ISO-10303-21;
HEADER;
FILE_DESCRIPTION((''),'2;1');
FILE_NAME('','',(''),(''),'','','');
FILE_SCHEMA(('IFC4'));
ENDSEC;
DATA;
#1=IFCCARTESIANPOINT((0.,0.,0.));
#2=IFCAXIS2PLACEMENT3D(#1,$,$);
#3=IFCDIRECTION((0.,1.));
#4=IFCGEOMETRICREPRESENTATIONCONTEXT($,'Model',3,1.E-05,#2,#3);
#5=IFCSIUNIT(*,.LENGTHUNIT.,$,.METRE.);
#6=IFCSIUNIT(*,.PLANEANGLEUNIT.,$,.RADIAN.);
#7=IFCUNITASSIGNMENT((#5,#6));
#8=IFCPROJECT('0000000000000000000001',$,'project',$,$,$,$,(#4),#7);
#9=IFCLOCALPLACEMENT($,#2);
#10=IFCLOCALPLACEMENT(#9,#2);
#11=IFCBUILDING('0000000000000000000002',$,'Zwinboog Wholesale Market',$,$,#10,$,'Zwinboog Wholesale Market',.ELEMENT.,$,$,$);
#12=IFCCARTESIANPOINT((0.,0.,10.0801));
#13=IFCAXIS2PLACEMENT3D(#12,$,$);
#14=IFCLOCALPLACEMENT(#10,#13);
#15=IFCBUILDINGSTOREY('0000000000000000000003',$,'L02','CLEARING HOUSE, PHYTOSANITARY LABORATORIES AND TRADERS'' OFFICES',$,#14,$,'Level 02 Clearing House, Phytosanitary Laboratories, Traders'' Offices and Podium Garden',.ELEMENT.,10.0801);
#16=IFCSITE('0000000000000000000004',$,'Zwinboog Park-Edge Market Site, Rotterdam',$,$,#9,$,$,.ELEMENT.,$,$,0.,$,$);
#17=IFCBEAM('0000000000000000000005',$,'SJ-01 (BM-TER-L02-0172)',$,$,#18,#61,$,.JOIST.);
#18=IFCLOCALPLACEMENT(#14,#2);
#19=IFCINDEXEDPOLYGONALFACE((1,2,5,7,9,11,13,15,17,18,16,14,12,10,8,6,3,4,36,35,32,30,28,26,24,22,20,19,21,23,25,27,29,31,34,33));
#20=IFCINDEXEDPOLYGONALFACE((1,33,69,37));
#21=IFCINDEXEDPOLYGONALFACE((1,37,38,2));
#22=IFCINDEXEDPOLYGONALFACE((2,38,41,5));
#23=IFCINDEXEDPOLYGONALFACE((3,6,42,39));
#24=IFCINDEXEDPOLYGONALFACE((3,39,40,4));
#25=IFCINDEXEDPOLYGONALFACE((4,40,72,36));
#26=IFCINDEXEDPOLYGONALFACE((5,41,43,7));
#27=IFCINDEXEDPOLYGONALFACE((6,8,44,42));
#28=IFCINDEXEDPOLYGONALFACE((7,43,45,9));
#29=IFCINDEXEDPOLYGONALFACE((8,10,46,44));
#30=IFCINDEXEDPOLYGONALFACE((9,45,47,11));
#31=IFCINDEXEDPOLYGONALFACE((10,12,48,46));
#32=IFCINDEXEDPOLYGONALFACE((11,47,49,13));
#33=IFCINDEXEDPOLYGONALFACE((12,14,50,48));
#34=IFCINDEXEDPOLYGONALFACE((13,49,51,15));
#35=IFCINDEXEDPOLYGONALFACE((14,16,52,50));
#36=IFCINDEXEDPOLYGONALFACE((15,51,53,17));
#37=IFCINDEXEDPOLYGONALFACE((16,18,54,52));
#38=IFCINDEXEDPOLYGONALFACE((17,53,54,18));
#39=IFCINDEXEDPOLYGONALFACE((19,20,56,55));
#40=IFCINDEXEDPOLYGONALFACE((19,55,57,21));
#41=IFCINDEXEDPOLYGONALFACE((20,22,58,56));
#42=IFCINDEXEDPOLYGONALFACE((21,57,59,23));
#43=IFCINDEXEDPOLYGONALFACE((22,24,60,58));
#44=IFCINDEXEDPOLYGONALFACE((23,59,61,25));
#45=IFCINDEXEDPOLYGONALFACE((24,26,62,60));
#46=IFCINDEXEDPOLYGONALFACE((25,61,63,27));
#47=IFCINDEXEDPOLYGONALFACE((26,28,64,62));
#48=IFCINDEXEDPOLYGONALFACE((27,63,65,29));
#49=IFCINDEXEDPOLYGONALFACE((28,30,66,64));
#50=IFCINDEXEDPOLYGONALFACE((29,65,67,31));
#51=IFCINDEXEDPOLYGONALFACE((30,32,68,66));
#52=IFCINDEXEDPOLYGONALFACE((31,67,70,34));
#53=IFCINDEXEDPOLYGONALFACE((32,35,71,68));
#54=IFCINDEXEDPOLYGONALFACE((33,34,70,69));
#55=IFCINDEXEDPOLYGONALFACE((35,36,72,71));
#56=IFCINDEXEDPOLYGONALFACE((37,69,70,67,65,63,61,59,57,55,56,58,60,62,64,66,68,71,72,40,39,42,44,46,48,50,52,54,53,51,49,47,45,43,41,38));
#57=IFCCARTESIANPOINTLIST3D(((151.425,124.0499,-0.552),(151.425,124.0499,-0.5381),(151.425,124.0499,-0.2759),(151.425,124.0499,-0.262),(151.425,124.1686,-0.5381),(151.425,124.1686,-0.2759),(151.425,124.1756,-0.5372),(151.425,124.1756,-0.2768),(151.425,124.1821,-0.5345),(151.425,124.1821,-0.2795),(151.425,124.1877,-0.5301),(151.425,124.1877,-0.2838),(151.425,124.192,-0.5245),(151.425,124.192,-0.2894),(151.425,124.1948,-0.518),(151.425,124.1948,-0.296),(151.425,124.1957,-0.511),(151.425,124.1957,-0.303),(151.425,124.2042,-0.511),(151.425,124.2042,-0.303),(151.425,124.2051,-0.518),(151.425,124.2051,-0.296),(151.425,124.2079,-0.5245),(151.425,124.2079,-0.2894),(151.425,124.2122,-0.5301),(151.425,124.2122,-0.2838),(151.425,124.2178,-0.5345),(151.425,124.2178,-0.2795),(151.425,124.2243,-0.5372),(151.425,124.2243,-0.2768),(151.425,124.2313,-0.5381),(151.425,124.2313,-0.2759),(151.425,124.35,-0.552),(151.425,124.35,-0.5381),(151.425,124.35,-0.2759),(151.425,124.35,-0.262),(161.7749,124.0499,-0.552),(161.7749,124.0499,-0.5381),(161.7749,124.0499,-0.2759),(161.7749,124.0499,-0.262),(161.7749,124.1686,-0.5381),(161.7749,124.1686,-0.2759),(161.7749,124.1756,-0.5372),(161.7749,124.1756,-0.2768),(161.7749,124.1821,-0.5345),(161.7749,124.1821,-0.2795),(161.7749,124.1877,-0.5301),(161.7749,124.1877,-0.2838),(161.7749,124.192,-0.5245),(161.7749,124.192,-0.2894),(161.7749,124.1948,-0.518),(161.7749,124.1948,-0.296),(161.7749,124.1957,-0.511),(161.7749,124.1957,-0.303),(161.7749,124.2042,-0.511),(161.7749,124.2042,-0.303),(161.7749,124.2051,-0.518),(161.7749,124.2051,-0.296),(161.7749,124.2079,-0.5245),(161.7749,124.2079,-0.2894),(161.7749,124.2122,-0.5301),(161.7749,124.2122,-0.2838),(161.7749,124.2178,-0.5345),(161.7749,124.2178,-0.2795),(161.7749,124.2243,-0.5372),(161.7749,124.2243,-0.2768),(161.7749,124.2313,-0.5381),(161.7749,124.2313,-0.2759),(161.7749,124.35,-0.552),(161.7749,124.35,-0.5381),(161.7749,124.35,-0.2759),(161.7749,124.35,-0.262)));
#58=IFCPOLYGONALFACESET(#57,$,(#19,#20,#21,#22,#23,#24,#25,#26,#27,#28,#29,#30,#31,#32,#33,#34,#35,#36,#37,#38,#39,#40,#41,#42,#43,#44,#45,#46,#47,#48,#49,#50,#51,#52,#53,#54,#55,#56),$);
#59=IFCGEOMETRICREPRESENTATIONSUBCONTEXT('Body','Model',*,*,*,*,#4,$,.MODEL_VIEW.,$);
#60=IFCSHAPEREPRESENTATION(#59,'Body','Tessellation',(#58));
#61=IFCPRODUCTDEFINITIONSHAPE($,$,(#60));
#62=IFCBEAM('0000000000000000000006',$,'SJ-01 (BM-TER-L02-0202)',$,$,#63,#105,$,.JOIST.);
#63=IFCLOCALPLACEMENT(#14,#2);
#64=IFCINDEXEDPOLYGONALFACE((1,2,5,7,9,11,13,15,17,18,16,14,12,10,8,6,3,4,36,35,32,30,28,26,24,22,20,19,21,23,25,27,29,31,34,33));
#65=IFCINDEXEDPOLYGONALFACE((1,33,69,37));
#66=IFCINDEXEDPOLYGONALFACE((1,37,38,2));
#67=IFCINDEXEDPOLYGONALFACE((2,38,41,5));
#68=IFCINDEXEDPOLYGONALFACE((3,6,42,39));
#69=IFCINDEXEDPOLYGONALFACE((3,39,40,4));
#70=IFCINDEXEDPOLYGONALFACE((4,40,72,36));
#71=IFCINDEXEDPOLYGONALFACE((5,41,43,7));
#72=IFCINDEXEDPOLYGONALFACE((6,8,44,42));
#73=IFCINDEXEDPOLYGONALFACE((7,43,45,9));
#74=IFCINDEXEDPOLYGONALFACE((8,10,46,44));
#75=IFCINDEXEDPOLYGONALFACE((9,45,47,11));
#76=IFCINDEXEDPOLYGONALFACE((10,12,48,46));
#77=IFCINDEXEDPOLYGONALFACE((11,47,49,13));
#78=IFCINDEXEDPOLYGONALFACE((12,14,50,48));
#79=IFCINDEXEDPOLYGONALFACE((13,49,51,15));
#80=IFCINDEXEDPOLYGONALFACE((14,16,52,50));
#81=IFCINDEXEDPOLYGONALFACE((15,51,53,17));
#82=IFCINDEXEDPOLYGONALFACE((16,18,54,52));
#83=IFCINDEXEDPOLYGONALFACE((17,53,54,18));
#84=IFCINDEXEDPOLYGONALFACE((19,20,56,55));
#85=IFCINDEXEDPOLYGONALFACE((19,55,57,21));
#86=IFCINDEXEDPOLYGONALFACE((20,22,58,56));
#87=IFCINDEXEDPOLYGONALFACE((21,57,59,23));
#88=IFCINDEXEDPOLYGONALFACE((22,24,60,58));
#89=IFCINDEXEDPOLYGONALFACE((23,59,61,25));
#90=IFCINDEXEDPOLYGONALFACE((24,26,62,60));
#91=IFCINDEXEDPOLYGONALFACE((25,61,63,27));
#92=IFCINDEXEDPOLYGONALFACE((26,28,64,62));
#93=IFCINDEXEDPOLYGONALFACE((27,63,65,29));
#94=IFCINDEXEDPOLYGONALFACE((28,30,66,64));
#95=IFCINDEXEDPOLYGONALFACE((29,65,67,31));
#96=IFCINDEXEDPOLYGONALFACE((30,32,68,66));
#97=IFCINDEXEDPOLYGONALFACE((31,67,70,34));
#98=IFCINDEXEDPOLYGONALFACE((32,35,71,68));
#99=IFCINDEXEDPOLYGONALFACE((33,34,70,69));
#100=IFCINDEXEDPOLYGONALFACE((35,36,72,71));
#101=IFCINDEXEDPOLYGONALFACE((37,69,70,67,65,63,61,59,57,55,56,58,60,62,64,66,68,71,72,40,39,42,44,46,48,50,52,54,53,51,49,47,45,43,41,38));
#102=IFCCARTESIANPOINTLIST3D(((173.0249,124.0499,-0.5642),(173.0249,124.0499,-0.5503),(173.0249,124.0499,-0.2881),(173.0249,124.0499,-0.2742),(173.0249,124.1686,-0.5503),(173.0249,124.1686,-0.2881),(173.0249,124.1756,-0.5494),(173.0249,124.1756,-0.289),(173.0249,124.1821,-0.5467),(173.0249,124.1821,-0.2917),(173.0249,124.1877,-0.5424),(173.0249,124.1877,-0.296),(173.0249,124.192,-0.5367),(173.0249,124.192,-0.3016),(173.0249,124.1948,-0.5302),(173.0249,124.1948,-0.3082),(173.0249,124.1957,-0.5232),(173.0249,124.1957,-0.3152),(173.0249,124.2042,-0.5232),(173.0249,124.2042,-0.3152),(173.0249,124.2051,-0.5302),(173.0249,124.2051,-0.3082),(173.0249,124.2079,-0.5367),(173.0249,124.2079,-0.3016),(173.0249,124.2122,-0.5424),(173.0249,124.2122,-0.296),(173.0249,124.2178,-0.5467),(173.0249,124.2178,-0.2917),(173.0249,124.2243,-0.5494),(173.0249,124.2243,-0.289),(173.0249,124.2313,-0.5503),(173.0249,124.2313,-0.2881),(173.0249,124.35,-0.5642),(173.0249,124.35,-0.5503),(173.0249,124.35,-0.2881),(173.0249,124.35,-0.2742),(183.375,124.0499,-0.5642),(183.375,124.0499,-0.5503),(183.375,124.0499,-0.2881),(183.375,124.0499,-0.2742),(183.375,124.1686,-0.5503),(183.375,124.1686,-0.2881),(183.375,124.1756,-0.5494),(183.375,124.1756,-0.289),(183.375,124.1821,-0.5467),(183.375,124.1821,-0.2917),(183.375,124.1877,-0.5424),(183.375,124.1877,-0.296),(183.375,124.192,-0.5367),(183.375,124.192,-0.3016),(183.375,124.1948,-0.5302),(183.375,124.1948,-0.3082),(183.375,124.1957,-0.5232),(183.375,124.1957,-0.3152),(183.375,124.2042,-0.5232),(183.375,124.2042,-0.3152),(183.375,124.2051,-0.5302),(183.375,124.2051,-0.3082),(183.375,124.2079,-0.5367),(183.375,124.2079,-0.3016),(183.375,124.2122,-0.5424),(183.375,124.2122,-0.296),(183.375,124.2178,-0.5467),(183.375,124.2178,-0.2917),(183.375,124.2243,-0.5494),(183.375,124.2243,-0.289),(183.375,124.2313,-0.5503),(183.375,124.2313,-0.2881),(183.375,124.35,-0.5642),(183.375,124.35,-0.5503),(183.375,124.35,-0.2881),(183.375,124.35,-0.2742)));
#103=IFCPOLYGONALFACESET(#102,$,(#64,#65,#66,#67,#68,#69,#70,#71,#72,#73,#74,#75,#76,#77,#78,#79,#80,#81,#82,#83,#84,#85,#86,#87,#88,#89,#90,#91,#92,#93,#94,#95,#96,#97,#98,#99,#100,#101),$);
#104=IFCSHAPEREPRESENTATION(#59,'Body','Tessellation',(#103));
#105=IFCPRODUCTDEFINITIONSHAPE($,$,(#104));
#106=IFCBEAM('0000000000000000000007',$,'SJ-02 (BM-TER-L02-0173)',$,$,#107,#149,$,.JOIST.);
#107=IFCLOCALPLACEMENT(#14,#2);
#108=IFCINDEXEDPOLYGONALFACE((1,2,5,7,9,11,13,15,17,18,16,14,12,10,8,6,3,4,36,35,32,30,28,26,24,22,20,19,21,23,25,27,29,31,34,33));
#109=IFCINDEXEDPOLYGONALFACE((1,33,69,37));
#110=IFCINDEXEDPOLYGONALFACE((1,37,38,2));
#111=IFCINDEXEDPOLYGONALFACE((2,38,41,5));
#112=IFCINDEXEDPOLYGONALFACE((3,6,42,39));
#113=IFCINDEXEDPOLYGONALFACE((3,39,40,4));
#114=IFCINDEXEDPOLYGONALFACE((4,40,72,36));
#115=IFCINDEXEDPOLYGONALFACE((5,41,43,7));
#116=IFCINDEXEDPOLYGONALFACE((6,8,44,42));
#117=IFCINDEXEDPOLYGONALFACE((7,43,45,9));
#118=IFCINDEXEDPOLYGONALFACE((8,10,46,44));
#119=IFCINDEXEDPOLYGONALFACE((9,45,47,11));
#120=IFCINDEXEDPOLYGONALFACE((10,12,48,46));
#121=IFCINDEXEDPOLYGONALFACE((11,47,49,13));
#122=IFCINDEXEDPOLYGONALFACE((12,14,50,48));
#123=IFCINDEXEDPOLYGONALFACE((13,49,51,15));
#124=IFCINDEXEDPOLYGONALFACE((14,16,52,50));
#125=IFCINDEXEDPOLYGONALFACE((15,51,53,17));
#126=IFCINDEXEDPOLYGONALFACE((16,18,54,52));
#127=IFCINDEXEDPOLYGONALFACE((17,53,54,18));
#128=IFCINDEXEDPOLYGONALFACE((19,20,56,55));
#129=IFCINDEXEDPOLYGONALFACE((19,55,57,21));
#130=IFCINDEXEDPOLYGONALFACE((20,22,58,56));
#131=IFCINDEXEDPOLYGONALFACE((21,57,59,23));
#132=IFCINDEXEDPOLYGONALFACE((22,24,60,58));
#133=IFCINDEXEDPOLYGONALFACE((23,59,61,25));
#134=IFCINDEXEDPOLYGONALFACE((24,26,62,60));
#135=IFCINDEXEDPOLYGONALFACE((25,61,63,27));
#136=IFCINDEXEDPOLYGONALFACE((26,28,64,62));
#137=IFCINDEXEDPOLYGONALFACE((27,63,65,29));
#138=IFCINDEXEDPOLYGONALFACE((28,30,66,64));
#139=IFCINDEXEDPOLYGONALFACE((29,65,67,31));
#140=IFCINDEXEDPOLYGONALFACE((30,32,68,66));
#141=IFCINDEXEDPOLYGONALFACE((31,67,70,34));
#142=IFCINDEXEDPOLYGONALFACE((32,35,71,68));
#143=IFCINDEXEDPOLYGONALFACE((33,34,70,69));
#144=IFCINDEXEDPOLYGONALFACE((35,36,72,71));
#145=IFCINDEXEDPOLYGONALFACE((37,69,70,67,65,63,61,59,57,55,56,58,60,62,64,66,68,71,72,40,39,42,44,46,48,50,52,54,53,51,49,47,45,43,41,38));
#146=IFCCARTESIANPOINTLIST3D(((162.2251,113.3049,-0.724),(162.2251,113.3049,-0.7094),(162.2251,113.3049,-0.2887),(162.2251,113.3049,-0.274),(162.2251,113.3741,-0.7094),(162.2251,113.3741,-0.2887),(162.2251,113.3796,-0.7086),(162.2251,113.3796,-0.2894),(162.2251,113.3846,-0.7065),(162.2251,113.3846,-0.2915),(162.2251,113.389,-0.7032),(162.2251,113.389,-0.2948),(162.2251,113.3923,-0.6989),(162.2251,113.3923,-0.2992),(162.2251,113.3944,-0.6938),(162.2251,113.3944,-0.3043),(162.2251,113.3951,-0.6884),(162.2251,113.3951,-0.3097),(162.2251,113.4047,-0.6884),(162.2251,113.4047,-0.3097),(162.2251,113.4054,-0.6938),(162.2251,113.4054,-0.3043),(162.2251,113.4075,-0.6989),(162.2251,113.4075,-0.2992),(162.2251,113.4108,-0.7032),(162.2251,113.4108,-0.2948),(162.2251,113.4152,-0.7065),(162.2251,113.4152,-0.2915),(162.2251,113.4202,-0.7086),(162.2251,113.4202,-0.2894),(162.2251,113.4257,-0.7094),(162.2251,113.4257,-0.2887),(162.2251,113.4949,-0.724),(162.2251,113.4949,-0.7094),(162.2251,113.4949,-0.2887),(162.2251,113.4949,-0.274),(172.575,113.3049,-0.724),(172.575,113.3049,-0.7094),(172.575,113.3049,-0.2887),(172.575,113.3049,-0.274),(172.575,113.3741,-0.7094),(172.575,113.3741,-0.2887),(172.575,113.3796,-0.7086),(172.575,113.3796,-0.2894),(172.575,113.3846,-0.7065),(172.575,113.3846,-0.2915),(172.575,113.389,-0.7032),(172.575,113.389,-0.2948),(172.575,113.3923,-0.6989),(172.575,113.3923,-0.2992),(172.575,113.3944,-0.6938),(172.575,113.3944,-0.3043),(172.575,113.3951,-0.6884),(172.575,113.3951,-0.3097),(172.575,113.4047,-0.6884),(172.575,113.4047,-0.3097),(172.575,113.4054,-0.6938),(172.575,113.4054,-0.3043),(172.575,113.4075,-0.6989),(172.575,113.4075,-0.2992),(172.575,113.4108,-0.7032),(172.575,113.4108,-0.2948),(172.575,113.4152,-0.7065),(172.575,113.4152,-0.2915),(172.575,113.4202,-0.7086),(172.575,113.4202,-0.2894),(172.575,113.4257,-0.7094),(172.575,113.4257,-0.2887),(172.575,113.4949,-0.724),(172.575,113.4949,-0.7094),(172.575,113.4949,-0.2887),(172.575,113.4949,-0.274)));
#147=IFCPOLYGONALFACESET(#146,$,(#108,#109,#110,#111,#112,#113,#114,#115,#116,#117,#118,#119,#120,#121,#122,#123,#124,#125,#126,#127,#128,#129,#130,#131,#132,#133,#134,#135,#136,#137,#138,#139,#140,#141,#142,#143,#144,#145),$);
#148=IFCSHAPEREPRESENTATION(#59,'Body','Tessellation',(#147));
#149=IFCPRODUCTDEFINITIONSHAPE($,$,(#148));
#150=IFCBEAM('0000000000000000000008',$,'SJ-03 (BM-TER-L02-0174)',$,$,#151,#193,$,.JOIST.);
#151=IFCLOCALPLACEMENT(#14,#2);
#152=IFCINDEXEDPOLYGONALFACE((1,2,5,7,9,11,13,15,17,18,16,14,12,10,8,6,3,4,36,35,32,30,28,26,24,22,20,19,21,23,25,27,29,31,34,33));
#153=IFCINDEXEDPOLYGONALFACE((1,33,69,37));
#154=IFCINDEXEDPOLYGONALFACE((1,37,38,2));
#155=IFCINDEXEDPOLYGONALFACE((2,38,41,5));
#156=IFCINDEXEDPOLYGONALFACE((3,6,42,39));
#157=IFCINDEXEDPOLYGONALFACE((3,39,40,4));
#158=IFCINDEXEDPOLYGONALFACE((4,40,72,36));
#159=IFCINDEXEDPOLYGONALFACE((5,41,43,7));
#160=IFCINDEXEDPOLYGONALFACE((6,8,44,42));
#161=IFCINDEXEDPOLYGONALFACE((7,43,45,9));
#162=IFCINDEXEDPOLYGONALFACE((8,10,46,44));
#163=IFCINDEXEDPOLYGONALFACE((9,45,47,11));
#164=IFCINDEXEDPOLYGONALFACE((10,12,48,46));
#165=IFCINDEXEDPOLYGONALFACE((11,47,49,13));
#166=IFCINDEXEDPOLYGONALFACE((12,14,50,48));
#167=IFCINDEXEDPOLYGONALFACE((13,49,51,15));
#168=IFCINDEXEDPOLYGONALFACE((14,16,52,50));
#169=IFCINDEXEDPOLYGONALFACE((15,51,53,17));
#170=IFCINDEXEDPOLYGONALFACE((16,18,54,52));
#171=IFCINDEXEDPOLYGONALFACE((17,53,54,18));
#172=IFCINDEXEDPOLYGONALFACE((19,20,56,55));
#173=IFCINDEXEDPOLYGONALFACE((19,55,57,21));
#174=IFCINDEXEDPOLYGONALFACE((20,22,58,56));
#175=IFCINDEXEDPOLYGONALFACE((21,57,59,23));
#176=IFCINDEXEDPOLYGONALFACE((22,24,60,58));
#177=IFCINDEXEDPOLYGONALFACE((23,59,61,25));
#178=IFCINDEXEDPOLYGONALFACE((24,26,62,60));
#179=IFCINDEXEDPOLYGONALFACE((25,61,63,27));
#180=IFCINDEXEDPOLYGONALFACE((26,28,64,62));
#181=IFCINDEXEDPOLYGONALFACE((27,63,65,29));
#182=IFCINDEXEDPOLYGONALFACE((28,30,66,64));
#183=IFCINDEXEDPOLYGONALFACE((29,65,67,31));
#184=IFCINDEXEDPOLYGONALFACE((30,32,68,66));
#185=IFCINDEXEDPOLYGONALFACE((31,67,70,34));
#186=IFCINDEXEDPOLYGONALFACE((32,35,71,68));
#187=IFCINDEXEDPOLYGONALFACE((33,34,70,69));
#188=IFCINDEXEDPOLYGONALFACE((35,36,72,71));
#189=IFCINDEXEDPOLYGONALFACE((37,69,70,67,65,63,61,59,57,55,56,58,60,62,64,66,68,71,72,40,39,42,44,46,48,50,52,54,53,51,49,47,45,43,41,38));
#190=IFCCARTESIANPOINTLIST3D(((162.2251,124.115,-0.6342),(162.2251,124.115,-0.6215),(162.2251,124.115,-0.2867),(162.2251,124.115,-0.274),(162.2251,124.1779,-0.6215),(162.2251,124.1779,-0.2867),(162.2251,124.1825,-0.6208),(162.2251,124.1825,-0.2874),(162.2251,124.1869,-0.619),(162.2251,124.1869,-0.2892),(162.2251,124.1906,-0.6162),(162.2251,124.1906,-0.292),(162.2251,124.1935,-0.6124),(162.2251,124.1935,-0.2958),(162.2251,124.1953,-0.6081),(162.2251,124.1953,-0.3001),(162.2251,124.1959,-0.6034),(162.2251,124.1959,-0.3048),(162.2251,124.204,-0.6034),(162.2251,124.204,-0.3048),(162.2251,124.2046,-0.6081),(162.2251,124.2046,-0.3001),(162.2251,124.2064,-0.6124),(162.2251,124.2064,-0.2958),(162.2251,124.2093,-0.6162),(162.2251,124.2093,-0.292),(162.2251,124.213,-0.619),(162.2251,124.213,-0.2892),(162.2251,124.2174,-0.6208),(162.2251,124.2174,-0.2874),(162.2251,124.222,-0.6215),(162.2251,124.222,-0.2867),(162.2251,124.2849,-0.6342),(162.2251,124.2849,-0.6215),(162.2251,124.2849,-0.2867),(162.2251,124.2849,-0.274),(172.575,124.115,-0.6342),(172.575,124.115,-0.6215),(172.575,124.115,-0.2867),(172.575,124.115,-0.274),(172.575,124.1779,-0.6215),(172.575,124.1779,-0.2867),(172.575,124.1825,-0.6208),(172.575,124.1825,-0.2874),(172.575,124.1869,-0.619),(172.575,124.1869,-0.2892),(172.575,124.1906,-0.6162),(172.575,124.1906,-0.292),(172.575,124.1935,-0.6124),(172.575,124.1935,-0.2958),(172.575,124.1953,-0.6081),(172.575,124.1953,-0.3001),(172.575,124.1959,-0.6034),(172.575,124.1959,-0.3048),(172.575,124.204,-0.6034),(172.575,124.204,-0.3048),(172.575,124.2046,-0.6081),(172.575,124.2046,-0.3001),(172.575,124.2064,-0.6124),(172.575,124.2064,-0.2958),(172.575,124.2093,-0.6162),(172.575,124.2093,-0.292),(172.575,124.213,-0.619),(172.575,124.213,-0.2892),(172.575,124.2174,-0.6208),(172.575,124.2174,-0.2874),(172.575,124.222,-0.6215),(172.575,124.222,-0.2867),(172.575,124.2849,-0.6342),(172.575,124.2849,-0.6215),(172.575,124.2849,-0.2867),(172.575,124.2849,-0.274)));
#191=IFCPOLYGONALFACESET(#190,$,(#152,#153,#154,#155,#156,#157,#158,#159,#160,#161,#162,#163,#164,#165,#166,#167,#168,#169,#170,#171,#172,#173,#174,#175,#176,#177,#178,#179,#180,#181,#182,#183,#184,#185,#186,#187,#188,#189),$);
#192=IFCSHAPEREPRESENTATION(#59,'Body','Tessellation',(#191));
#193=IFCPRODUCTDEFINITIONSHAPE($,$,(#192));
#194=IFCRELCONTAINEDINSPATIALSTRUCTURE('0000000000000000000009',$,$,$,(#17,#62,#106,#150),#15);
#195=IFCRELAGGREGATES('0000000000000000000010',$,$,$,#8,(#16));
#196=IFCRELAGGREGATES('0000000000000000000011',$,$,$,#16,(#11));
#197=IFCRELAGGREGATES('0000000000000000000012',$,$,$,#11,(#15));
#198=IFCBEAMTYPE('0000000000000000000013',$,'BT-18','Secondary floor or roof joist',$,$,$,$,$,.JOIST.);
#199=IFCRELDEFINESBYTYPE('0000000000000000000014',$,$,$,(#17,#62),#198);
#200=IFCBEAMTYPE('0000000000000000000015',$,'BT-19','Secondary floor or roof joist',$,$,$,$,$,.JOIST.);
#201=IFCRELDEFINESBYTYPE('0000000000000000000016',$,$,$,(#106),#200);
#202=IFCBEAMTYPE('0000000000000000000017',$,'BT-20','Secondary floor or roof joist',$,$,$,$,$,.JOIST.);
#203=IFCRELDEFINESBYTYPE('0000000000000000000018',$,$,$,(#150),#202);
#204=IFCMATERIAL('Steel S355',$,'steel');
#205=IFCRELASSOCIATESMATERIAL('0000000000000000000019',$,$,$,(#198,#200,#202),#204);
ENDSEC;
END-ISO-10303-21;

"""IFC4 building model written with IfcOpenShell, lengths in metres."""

from ifc_helpers import new_model, si_unit, direction, frame, origin, origin_2d, place, context, subcontext, project, spatial, i_section, extrude, material, material_profile, profile_set, type_object, element, save


model = new_model("IFC4")

# Units and contexts
model_context = context("Model", 3, precision=1e-05, world=origin(), true_north=direction((0.0, 1.0)))
body_context = subcontext(model_context, "Body", "Model", "MODEL_VIEW")
ifc_project = project(units=[si_unit("LENGTHUNIT", "METRE"), si_unit("PLANEANGLEUNIT", "RADIAN")], contexts=[model_context])

# Site, building, storey
site_placement = place(None, origin())
site = spatial("IfcSite", under=ifc_project, at=site_placement, Name="Zwinboog Park-Edge Market Site, Rotterdam", CompositionType="ELEMENT", RefElevation=0.0)
building_placement = place(site_placement, origin())
building = spatial("IfcBuilding", under=site, at=building_placement, Name="Zwinboog Wholesale Market", LongName="Zwinboog Wholesale Market", CompositionType="ELEMENT")
storey_placement = place(building_placement, frame((0.0, 0.0, 10.0801)))
storey = spatial("IfcBuildingStorey", under=building, at=storey_placement, Name="L02", Description="CLEARING HOUSE, PHYTOSANITARY LABORATORIES AND TRADERS' OFFICES", LongName="Level 02 Clearing House, Phytosanitary Laboratories, Traders' Offices and Podium Garden", CompositionType="ELEMENT", Elevation=10.0801)

# Beams
ifc_material_1 = material(Name="Steel S355", Category="steel")
ifc_material_profile_1 = material_profile(ifc_material_1, i_section(OverallWidth=0.3, OverallDepth=0.29, WebThickness=0.0085, FlangeThickness=0.0139, FilletRadius=0.0271, at=origin_2d()), Name="HEA 300")
ifc_profile_set_1 = profile_set([ifc_material_profile_1], Name="Steel S355")
beam_type_1 = type_object("IfcBeamType", Name="BT-18", Description="Secondary floor or roof joist", PredefinedType="JOIST", material=ifc_profile_set_1)
beam_1_placement = place(storey_placement, frame((151.425, 124.2, -0.407), z_axis=(1.0, 0.0, 0.0), x_axis=(0.0, 1.0, 0.0)))
element("IfcBeam", 1, at=beam_1_placement, inside=storey, type_object=beam_type_1, Name="SJ-01 (BM-TER-L02-0172)", PredefinedType="JOIST", context=body_context, shape_type="SweptSolid", body=[
    extrude(i_section(OverallWidth=0.3, OverallDepth=0.29, WebThickness=0.0085, FlangeThickness=0.0139, FilletRadius=0.0271, at=origin_2d()), origin(), (0.0, 0.0, 1.0), 10.3499),
])
beam_2_placement = place(storey_placement, frame((173.0249, 124.2, -0.4192), z_axis=(1.0, 0.0, 0.0), x_axis=(0.0, 1.0, 0.0)))
element("IfcBeam", 2, at=beam_2_placement, inside=storey, type_object=beam_type_1, Name="SJ-01 (BM-TER-L02-0202)", PredefinedType="JOIST", context=body_context, shape_type="SweptSolid", body=[
    extrude(i_section(OverallWidth=0.3, OverallDepth=0.29, WebThickness=0.0085, FlangeThickness=0.0139, FilletRadius=0.0271, at=origin_2d()), origin(), (0.0, 0.0, 1.0), 10.3501),
])
ifc_material_profile_2 = material_profile(ifc_material_1, i_section(OverallWidth=0.1899, OverallDepth=0.45, WebThickness=0.0095, FlangeThickness=0.0146, FilletRadius=0.021, at=origin_2d()), Name="IPE 450")
ifc_profile_set_2 = profile_set([ifc_material_profile_2], Name="Steel S355")
beam_type_2 = type_object("IfcBeamType", Name="BT-19", Description="Secondary floor or roof joist", PredefinedType="JOIST", material=ifc_profile_set_2)
beam_3_placement = place(storey_placement, frame((162.2251, 113.3999, -0.499), z_axis=(1.0, 0.0, 0.0), x_axis=(0.0, 1.0, 0.0)))
element("IfcBeam", 3, at=beam_3_placement, inside=storey, type_object=beam_type_2, Name="SJ-02 (BM-TER-L02-0173)", PredefinedType="JOIST", context=body_context, shape_type="SweptSolid", body=[
    extrude(i_section(OverallWidth=0.1899, OverallDepth=0.45, WebThickness=0.0095, FlangeThickness=0.0146, FilletRadius=0.021, at=origin_2d()), origin(), (0.0, 0.0, 1.0), 10.3499),
])
ifc_material_profile_3 = material_profile(ifc_material_1, i_section(OverallWidth=0.1699, OverallDepth=0.3601, WebThickness=0.0081, FlangeThickness=0.0127, FilletRadius=0.0181, at=origin_2d()), Name="IPE 360")
ifc_profile_set_3 = profile_set([ifc_material_profile_3], Name="Steel S355")
beam_type_3 = type_object("IfcBeamType", Name="BT-20", Description="Secondary floor or roof joist", PredefinedType="JOIST", material=ifc_profile_set_3)
beam_4_placement = place(storey_placement, frame((162.2251, 124.2, -0.4541), z_axis=(1.0, 0.0, 0.0), x_axis=(0.0, 1.0, 0.0)))
element("IfcBeam", 4, at=beam_4_placement, inside=storey, type_object=beam_type_3, Name="SJ-03 (BM-TER-L02-0174)", PredefinedType="JOIST", context=body_context, shape_type="SweptSolid", body=[
    extrude(i_section(OverallWidth=0.1699, OverallDepth=0.3601, WebThickness=0.0081, FlangeThickness=0.0127, FilletRadius=0.0181, at=origin_2d()), origin(), (0.0, 0.0, 1.0), 10.3499),
])

save(model, "model.ifc")
